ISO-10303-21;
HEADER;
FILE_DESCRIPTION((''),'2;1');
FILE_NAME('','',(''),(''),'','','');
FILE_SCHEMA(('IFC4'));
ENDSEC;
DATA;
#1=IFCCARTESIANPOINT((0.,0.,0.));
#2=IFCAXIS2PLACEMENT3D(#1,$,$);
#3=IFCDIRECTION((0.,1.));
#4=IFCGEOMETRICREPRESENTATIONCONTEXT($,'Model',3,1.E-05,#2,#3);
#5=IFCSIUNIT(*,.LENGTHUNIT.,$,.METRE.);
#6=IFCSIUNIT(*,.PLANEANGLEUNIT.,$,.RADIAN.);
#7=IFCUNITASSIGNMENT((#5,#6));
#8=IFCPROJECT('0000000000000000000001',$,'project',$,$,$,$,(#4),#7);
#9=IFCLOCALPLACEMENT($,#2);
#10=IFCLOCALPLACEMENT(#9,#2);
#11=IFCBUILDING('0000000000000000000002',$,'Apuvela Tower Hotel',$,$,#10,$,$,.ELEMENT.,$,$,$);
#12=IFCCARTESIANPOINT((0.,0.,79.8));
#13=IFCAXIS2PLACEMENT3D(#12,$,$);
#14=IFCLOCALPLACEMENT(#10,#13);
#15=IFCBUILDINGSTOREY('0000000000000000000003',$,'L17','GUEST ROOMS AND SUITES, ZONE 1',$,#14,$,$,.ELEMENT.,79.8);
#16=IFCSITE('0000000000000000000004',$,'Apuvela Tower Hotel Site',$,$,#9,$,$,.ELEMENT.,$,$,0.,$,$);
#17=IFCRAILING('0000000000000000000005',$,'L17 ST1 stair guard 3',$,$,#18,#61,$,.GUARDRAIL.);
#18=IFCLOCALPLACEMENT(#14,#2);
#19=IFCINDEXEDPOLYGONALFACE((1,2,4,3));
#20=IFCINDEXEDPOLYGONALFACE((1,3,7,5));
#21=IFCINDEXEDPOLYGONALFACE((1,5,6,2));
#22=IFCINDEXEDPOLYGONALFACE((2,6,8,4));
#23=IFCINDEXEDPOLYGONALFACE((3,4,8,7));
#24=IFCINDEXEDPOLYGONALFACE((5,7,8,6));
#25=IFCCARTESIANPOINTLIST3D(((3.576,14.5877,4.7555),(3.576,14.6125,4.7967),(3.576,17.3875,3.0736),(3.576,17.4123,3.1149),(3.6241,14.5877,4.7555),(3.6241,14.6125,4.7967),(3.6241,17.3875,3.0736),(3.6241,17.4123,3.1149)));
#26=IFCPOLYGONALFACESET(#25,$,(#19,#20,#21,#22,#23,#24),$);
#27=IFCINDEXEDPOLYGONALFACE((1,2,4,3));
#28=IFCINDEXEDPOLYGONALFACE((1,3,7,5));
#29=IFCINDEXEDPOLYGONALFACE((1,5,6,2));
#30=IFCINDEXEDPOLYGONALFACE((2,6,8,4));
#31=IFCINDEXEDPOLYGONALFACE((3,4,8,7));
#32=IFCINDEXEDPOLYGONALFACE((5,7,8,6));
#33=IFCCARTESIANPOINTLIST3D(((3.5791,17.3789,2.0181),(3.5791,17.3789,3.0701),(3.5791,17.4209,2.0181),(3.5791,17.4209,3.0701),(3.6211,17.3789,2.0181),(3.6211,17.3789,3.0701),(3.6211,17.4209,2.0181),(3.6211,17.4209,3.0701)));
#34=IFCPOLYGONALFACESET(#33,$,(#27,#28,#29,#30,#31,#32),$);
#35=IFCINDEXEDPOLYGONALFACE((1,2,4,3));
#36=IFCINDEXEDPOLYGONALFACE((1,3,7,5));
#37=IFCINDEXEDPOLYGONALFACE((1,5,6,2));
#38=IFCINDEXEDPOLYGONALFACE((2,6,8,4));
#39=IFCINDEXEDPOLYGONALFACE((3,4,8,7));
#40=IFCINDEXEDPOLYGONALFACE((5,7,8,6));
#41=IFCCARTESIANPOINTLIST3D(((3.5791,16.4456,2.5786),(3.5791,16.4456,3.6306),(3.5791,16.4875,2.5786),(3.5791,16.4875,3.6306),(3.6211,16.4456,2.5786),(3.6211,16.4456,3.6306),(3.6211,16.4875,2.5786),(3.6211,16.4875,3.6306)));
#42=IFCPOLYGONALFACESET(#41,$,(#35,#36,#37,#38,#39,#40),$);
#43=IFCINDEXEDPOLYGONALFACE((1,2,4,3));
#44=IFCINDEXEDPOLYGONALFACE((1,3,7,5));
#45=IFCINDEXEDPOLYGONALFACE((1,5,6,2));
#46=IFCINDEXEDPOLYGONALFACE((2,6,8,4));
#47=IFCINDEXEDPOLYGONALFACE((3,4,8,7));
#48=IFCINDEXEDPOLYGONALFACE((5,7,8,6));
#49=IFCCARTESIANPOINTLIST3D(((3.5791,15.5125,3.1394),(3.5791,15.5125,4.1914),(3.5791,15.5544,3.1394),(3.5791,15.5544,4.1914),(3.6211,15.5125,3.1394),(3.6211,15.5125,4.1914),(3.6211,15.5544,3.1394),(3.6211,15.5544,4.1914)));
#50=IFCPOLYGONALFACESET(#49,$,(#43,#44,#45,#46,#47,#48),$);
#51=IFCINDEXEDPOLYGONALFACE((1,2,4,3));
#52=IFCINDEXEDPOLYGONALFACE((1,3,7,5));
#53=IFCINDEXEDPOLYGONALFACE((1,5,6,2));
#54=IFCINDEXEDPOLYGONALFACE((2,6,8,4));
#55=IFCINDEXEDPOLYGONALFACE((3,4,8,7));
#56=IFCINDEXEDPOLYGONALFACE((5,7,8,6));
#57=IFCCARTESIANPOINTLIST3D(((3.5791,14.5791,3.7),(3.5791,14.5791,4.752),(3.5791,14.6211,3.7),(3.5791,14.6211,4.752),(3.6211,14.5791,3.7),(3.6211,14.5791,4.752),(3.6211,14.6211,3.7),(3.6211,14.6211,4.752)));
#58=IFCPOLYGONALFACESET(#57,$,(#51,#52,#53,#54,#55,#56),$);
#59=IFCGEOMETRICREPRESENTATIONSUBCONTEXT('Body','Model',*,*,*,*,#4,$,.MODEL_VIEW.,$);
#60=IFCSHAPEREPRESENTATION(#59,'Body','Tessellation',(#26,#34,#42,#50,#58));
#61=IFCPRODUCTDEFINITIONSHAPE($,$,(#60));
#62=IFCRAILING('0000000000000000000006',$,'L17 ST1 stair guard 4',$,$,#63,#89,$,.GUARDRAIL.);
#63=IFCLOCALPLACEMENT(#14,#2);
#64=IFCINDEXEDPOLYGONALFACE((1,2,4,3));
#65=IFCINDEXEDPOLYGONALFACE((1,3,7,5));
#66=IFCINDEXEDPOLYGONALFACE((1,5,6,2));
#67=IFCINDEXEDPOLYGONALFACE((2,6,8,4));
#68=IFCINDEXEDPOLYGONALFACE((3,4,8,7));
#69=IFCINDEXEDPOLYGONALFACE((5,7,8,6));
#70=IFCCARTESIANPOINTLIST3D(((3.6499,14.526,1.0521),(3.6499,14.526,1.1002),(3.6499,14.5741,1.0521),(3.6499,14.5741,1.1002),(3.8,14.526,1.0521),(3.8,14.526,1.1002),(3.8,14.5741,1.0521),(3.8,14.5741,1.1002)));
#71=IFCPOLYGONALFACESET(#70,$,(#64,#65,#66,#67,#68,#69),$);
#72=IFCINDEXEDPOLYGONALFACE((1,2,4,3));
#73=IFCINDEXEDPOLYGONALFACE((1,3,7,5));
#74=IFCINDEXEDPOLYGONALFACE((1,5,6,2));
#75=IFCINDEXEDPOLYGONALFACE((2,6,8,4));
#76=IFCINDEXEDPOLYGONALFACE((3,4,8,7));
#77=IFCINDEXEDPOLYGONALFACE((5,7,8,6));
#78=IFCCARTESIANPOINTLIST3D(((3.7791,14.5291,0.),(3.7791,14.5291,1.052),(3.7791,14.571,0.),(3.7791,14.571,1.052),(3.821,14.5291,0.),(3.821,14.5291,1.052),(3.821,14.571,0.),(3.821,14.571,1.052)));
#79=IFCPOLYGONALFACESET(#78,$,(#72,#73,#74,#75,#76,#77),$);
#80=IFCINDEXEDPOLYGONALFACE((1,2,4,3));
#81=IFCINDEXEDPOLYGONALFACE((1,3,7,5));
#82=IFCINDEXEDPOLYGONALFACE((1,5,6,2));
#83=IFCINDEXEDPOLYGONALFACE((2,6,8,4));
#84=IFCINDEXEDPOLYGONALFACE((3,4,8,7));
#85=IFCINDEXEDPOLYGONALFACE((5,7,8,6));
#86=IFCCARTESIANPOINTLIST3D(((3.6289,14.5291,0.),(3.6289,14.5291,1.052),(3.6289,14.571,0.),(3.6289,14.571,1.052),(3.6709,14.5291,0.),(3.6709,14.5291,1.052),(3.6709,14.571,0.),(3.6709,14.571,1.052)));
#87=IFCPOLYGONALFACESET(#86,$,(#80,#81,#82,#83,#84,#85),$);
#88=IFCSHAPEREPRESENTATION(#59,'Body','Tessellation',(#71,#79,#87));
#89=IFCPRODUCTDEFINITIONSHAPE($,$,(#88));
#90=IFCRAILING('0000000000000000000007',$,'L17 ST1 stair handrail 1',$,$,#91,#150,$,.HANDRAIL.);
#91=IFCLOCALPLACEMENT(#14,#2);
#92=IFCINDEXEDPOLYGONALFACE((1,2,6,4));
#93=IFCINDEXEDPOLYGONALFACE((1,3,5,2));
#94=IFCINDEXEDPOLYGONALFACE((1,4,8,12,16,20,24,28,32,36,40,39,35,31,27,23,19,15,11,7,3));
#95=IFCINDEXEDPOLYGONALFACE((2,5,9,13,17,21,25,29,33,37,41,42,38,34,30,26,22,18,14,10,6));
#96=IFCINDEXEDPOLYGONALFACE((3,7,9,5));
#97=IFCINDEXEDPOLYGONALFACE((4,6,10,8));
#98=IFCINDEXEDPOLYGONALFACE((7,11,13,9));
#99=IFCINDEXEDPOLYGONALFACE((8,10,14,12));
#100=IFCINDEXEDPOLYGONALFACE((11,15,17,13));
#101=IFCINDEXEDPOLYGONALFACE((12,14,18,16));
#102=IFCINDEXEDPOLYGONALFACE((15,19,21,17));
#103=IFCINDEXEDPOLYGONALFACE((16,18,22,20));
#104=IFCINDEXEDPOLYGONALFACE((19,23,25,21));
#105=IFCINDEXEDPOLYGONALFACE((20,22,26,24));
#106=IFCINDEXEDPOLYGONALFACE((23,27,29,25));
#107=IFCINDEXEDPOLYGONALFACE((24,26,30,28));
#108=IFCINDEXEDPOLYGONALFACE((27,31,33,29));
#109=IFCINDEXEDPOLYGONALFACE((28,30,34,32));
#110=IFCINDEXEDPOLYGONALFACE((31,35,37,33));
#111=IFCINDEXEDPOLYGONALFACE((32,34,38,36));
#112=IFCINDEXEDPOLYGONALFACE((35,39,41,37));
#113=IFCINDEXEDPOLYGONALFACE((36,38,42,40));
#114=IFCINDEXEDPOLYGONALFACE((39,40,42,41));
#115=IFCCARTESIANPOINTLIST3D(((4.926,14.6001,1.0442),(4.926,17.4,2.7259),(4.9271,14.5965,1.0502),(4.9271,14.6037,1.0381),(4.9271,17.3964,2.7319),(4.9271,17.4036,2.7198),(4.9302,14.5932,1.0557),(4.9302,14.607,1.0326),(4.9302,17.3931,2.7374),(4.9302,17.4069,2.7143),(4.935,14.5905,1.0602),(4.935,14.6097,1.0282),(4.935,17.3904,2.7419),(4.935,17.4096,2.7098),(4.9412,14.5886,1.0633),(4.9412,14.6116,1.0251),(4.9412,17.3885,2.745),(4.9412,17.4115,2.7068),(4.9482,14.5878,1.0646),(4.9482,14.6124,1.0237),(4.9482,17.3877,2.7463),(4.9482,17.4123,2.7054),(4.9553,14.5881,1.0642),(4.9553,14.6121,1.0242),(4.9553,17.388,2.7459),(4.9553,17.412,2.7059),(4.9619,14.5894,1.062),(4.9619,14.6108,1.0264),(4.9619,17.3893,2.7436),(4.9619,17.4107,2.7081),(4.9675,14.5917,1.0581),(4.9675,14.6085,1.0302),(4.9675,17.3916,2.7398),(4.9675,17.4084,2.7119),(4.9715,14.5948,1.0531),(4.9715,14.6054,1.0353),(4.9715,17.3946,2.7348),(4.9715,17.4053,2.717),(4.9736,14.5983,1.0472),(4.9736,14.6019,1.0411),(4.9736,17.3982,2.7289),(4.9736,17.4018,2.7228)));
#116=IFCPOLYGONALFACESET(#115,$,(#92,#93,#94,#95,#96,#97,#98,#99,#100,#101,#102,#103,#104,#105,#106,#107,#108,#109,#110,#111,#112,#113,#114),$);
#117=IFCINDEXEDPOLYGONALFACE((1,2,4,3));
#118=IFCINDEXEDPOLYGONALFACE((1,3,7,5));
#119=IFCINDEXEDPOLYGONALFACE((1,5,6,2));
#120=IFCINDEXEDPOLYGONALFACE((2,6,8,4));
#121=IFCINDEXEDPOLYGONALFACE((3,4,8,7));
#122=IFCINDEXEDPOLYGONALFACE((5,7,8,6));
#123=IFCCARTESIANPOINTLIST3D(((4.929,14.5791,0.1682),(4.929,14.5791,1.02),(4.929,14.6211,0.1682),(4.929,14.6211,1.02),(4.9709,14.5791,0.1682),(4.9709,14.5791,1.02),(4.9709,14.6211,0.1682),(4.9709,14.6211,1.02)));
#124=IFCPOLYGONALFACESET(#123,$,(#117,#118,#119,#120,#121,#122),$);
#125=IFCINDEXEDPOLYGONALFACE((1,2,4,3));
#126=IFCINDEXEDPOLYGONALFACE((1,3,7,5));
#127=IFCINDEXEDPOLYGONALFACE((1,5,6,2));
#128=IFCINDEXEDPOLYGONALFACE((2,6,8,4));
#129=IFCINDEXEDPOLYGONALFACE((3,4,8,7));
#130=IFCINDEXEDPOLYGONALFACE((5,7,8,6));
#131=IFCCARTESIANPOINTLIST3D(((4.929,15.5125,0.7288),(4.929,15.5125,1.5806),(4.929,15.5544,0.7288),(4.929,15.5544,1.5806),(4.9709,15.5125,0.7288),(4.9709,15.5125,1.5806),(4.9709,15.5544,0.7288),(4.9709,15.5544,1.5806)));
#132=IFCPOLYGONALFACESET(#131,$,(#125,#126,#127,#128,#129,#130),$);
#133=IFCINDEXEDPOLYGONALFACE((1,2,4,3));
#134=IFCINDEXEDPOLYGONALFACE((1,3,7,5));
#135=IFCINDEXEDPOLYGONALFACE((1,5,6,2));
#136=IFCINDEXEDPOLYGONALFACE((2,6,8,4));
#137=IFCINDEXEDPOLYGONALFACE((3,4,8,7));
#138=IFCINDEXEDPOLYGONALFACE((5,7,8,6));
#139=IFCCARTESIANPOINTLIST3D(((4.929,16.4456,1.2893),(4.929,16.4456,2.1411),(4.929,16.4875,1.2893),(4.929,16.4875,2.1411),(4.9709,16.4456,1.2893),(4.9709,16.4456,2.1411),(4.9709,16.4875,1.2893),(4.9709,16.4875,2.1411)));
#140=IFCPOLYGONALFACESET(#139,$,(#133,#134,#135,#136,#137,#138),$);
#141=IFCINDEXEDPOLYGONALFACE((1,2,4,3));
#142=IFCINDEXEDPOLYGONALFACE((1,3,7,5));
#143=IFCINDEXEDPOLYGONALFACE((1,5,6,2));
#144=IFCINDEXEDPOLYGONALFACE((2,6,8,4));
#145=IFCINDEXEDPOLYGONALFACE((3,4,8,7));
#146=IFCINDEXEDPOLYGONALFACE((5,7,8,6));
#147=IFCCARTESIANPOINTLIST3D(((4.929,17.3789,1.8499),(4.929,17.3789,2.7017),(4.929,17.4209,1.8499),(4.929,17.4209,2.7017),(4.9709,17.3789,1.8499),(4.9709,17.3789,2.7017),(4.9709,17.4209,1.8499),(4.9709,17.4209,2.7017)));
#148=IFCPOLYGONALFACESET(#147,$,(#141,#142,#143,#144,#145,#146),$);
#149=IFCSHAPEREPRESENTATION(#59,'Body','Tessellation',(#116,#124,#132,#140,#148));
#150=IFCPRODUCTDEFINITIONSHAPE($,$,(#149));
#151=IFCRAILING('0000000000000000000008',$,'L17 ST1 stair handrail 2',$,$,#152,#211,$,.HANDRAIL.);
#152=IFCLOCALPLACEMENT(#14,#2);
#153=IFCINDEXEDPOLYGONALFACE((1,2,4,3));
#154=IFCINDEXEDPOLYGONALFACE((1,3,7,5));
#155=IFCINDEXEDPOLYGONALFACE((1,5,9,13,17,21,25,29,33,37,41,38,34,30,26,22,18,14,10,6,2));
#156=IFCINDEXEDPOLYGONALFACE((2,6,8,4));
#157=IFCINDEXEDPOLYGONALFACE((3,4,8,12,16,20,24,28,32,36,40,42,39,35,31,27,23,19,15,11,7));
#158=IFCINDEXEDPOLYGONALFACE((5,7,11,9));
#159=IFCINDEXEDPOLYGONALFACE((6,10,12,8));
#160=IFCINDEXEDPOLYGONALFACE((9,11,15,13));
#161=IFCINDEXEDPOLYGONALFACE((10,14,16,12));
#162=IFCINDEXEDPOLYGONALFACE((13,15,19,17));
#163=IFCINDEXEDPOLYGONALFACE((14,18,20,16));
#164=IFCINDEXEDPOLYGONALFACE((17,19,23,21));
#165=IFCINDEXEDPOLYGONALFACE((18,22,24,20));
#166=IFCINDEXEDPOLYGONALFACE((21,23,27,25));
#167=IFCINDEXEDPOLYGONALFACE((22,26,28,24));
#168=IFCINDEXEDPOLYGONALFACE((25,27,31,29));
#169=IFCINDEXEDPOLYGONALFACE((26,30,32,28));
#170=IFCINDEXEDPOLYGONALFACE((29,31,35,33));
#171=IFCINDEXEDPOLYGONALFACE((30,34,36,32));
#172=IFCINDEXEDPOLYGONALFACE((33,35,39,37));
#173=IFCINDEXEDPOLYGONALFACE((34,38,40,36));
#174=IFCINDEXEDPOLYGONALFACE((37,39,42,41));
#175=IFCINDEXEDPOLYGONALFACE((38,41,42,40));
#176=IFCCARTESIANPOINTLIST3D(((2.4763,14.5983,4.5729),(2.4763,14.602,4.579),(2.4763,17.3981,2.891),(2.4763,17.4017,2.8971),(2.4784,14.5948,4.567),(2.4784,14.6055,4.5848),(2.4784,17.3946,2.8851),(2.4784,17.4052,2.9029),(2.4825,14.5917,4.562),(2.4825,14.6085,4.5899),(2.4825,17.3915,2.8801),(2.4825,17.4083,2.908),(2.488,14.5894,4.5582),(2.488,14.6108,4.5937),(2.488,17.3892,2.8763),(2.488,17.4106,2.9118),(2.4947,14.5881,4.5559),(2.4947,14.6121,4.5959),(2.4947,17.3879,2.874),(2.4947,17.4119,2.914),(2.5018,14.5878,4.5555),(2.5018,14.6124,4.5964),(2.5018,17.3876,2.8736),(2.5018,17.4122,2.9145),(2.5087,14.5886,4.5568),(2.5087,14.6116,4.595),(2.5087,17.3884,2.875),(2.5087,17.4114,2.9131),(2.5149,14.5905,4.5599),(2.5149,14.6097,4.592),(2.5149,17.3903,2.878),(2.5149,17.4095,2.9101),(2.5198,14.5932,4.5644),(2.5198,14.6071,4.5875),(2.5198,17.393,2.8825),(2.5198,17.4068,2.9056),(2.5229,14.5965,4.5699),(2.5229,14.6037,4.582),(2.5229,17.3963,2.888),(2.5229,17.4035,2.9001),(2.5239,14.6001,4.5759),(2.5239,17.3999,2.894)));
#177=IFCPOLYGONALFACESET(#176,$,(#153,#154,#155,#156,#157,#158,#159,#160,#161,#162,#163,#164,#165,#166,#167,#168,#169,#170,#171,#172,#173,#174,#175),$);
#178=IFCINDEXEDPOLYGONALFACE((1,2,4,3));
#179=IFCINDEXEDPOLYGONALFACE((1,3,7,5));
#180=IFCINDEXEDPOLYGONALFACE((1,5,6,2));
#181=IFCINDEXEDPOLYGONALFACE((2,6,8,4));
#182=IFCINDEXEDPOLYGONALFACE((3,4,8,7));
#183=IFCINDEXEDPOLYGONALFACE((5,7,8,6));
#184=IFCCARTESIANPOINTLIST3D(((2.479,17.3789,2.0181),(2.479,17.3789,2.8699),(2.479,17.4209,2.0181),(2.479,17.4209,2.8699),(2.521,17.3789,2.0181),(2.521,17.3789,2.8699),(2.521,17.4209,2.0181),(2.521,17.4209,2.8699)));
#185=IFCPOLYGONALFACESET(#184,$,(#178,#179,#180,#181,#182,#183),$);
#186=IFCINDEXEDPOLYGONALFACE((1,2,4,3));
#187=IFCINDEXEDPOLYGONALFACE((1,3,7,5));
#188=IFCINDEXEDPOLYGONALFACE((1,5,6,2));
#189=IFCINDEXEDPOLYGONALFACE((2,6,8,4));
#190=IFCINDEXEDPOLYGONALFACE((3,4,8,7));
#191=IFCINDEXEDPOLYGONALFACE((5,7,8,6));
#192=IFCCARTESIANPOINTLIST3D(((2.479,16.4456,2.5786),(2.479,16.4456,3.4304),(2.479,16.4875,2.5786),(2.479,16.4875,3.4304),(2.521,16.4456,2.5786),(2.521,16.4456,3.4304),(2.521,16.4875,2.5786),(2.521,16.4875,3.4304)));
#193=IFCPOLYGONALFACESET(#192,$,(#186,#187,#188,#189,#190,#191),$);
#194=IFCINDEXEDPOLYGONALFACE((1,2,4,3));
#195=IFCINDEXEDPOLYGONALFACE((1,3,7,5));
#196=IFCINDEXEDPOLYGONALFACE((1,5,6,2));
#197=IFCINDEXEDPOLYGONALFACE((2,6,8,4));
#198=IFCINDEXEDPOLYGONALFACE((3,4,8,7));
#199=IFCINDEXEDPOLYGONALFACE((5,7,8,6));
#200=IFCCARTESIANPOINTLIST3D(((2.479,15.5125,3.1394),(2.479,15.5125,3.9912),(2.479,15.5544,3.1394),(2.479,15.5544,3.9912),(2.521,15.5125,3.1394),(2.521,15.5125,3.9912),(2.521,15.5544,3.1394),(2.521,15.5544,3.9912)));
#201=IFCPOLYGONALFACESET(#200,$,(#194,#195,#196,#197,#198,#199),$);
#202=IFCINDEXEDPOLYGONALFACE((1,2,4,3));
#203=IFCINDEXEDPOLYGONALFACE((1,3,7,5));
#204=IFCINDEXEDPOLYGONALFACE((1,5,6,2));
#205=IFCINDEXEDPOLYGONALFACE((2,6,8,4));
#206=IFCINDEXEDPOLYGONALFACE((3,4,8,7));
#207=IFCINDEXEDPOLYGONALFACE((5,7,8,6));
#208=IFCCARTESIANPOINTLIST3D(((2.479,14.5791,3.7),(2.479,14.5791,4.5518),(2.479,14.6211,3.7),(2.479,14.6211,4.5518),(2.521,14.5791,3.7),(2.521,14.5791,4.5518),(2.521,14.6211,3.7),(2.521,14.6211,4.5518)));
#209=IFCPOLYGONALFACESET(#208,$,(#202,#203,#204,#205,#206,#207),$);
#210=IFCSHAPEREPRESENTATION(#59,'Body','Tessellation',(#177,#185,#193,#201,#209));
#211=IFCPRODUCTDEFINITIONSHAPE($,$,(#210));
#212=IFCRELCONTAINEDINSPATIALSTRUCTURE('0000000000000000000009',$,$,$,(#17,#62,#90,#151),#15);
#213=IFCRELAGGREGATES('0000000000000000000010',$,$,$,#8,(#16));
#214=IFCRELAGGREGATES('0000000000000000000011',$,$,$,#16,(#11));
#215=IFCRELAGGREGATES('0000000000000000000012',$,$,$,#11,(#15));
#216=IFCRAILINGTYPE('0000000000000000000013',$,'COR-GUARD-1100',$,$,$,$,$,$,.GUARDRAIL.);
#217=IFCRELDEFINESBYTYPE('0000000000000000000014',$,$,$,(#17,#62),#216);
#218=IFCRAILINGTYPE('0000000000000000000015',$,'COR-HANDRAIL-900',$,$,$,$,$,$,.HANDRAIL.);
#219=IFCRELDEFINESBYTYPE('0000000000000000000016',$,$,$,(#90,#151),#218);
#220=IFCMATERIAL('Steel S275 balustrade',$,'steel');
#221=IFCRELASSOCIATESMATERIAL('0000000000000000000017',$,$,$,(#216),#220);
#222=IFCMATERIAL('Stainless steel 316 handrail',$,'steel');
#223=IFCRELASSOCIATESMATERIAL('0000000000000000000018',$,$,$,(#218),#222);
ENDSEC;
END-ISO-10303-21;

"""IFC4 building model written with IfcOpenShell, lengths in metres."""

from ifc_helpers import new_model, si_unit, direction, frame, origin, origin_2d, place, context, subcontext, project, spatial, rectangle, circle, extrude, material, type_object, element, save


model = new_model("IFC4")

# Units and contexts
model_context = context("Model", 3, precision=1e-05, world=origin(), true_north=direction((0.0, 1.0)))
body_context = subcontext(model_context, "Body", "Model", "MODEL_VIEW")
ifc_project = project(units=[si_unit("LENGTHUNIT", "METRE"), si_unit("PLANEANGLEUNIT", "RADIAN")], contexts=[model_context])

# Site, building, storey
site_placement = place(None, origin())
site = spatial("IfcSite", under=ifc_project, at=site_placement, Name="Apuvela Tower Hotel Site", CompositionType="ELEMENT", RefElevation=0.0)
building_placement = place(site_placement, origin())
building = spatial("IfcBuilding", under=site, at=building_placement, Name="Apuvela Tower Hotel", CompositionType="ELEMENT")
storey_placement = place(building_placement, frame((0.0, 0.0, 79.8)))
storey = spatial("IfcBuildingStorey", under=building, at=storey_placement, Name="L17", Description="GUEST ROOMS AND SUITES, ZONE 1", CompositionType="ELEMENT", Elevation=79.8)

# Railings
ifc_material_1 = material(Name="Steel S275 balustrade", Category="steel")
railing_type_1 = type_object("IfcRailingType", Name="COR-GUARD-1100", PredefinedType="GUARDRAIL", material=ifc_material_1)
railing_1_placement = place(storey_placement, frame((3.6001, 17.3999, 2.0181)))
element("IfcRailing", 1, at=railing_1_placement, inside=storey, type_object=railing_type_1, Name="L17 ST1 stair guard 3", PredefinedType="GUARDRAIL", context=body_context, shape_type="SweptSolid", body=[
    extrude(rectangle(XDim=0.0481, YDim=0.0481, at=origin_2d()), frame((0.0, 0.0, 1.0762), z_axis=(0.0, -0.857222, 0.514946), x_axis=(1.0, 0.0, 0.0)), (0.0, 0.0, 1.0), 3.2661),
    extrude(rectangle(XDim=0.042, YDim=0.042, at=origin_2d()), origin(), (0.0, 0.0, 1.0), 1.052),
    extrude(rectangle(XDim=0.042, YDim=0.042, at=origin_2d()), frame((0.0, -0.9333, 0.5605)), (0.0, 0.0, 1.0), 1.052),
    extrude(rectangle(XDim=0.042, YDim=0.042, at=origin_2d()), frame((0.0, -1.8665, 1.1213)), (0.0, 0.0, 1.0), 1.052),
    extrude(rectangle(XDim=0.042, YDim=0.042, at=origin_2d()), frame((0.0, -2.7998, 1.6819)), (0.0, 0.0, 1.0), 1.052),
])
railing_2_placement = place(storey_placement, frame((3.8, 14.55, 0.0)))
element("IfcRailing", 2, at=railing_2_placement, inside=storey, type_object=railing_type_1, Name="L17 ST1 stair guard 4", PredefinedType="GUARDRAIL", context=body_context, shape_type="SweptSolid", body=[
    extrude(rectangle(XDim=0.0481, YDim=0.0481, at=origin_2d()), frame((0.0, 0.0, 1.0762), z_axis=(-1.0, 0.0, 0.0), x_axis=(0.0, -1.0, 0.0)), (0.0, 0.0, 1.0), 0.1501),
    extrude(rectangle(XDim=0.042, YDim=0.042, at=origin_2d()), origin(), (0.0, 0.0, 1.0), 1.052),
    extrude(rectangle(XDim=0.042, YDim=0.042, at=origin_2d()), frame((-0.1501, 0.0, 0.0)), (0.0, 0.0, 1.0), 1.052),
])
ifc_material_2 = material(Name="Stainless steel 316 handrail", Category="steel")
railing_type_2 = type_object("IfcRailingType", Name="COR-HANDRAIL-900", PredefinedType="HANDRAIL", material=ifc_material_2)
railing_3_placement = place(storey_placement, frame((4.95, 14.6001, 0.1682)))
element("IfcRailing", 3, at=railing_3_placement, inside=storey, type_object=railing_type_2, Name="L17 ST1 stair handrail 1", PredefinedType="HANDRAIL", context=body_context, shape_type="SweptSolid", body=[
    extrude(circle(Radius=0.0239, at=origin_2d()), frame((0.0, 0.0, 0.876), z_axis=(0.0, 0.857255, 0.514891), x_axis=(-1.0, 0.0, 0.0)), (0.0, 0.0, 1.0), 3.2661),
    extrude(rectangle(XDim=0.042, YDim=0.042, at=origin_2d()), origin(), (0.0, 0.0, 1.0), 0.8518),
    extrude(rectangle(XDim=0.042, YDim=0.042, at=origin_2d()), frame((0.0, 0.9333, 0.5605)), (0.0, 0.0, 1.0), 0.8518),
    extrude(rectangle(XDim=0.042, YDim=0.042, at=origin_2d()), frame((0.0, 1.8665, 1.1211)), (0.0, 0.0, 1.0), 0.8518),
    extrude(rectangle(XDim=0.042, YDim=0.042, at=origin_2d()), frame((0.0, 2.7998, 1.6816)), (0.0, 0.0, 1.0), 0.8518),
])
railing_4_placement = place(storey_placement, frame((2.5, 17.3999, 2.0181)))
element("IfcRailing", 4, at=railing_4_placement, inside=storey, type_object=railing_type_2, Name="L17 ST1 stair handrail 2", PredefinedType="HANDRAIL", context=body_context, shape_type="SweptSolid", body=[
    extrude(circle(Radius=0.0239, at=origin_2d()), frame((0.0, 0.0, 0.876), z_axis=(0.0, -0.857222, 0.514946), x_axis=(1.0, 0.0, 0.0)), (0.0, 0.0, 1.0), 3.2661),
    extrude(rectangle(XDim=0.042, YDim=0.042, at=origin_2d()), origin(), (0.0, 0.0, 1.0), 0.8518),
    extrude(rectangle(XDim=0.042, YDim=0.042, at=origin_2d()), frame((0.0, -0.9333, 0.5605)), (0.0, 0.0, 1.0), 0.8518),
    extrude(rectangle(XDim=0.042, YDim=0.042, at=origin_2d()), frame((0.0, -1.8665, 1.1213)), (0.0, 0.0, 1.0), 0.8518),
    extrude(rectangle(XDim=0.042, YDim=0.042, at=origin_2d()), frame((0.0, -2.7998, 1.6819)), (0.0, 0.0, 1.0), 0.8518),
])

save(model, "model.ifc")
